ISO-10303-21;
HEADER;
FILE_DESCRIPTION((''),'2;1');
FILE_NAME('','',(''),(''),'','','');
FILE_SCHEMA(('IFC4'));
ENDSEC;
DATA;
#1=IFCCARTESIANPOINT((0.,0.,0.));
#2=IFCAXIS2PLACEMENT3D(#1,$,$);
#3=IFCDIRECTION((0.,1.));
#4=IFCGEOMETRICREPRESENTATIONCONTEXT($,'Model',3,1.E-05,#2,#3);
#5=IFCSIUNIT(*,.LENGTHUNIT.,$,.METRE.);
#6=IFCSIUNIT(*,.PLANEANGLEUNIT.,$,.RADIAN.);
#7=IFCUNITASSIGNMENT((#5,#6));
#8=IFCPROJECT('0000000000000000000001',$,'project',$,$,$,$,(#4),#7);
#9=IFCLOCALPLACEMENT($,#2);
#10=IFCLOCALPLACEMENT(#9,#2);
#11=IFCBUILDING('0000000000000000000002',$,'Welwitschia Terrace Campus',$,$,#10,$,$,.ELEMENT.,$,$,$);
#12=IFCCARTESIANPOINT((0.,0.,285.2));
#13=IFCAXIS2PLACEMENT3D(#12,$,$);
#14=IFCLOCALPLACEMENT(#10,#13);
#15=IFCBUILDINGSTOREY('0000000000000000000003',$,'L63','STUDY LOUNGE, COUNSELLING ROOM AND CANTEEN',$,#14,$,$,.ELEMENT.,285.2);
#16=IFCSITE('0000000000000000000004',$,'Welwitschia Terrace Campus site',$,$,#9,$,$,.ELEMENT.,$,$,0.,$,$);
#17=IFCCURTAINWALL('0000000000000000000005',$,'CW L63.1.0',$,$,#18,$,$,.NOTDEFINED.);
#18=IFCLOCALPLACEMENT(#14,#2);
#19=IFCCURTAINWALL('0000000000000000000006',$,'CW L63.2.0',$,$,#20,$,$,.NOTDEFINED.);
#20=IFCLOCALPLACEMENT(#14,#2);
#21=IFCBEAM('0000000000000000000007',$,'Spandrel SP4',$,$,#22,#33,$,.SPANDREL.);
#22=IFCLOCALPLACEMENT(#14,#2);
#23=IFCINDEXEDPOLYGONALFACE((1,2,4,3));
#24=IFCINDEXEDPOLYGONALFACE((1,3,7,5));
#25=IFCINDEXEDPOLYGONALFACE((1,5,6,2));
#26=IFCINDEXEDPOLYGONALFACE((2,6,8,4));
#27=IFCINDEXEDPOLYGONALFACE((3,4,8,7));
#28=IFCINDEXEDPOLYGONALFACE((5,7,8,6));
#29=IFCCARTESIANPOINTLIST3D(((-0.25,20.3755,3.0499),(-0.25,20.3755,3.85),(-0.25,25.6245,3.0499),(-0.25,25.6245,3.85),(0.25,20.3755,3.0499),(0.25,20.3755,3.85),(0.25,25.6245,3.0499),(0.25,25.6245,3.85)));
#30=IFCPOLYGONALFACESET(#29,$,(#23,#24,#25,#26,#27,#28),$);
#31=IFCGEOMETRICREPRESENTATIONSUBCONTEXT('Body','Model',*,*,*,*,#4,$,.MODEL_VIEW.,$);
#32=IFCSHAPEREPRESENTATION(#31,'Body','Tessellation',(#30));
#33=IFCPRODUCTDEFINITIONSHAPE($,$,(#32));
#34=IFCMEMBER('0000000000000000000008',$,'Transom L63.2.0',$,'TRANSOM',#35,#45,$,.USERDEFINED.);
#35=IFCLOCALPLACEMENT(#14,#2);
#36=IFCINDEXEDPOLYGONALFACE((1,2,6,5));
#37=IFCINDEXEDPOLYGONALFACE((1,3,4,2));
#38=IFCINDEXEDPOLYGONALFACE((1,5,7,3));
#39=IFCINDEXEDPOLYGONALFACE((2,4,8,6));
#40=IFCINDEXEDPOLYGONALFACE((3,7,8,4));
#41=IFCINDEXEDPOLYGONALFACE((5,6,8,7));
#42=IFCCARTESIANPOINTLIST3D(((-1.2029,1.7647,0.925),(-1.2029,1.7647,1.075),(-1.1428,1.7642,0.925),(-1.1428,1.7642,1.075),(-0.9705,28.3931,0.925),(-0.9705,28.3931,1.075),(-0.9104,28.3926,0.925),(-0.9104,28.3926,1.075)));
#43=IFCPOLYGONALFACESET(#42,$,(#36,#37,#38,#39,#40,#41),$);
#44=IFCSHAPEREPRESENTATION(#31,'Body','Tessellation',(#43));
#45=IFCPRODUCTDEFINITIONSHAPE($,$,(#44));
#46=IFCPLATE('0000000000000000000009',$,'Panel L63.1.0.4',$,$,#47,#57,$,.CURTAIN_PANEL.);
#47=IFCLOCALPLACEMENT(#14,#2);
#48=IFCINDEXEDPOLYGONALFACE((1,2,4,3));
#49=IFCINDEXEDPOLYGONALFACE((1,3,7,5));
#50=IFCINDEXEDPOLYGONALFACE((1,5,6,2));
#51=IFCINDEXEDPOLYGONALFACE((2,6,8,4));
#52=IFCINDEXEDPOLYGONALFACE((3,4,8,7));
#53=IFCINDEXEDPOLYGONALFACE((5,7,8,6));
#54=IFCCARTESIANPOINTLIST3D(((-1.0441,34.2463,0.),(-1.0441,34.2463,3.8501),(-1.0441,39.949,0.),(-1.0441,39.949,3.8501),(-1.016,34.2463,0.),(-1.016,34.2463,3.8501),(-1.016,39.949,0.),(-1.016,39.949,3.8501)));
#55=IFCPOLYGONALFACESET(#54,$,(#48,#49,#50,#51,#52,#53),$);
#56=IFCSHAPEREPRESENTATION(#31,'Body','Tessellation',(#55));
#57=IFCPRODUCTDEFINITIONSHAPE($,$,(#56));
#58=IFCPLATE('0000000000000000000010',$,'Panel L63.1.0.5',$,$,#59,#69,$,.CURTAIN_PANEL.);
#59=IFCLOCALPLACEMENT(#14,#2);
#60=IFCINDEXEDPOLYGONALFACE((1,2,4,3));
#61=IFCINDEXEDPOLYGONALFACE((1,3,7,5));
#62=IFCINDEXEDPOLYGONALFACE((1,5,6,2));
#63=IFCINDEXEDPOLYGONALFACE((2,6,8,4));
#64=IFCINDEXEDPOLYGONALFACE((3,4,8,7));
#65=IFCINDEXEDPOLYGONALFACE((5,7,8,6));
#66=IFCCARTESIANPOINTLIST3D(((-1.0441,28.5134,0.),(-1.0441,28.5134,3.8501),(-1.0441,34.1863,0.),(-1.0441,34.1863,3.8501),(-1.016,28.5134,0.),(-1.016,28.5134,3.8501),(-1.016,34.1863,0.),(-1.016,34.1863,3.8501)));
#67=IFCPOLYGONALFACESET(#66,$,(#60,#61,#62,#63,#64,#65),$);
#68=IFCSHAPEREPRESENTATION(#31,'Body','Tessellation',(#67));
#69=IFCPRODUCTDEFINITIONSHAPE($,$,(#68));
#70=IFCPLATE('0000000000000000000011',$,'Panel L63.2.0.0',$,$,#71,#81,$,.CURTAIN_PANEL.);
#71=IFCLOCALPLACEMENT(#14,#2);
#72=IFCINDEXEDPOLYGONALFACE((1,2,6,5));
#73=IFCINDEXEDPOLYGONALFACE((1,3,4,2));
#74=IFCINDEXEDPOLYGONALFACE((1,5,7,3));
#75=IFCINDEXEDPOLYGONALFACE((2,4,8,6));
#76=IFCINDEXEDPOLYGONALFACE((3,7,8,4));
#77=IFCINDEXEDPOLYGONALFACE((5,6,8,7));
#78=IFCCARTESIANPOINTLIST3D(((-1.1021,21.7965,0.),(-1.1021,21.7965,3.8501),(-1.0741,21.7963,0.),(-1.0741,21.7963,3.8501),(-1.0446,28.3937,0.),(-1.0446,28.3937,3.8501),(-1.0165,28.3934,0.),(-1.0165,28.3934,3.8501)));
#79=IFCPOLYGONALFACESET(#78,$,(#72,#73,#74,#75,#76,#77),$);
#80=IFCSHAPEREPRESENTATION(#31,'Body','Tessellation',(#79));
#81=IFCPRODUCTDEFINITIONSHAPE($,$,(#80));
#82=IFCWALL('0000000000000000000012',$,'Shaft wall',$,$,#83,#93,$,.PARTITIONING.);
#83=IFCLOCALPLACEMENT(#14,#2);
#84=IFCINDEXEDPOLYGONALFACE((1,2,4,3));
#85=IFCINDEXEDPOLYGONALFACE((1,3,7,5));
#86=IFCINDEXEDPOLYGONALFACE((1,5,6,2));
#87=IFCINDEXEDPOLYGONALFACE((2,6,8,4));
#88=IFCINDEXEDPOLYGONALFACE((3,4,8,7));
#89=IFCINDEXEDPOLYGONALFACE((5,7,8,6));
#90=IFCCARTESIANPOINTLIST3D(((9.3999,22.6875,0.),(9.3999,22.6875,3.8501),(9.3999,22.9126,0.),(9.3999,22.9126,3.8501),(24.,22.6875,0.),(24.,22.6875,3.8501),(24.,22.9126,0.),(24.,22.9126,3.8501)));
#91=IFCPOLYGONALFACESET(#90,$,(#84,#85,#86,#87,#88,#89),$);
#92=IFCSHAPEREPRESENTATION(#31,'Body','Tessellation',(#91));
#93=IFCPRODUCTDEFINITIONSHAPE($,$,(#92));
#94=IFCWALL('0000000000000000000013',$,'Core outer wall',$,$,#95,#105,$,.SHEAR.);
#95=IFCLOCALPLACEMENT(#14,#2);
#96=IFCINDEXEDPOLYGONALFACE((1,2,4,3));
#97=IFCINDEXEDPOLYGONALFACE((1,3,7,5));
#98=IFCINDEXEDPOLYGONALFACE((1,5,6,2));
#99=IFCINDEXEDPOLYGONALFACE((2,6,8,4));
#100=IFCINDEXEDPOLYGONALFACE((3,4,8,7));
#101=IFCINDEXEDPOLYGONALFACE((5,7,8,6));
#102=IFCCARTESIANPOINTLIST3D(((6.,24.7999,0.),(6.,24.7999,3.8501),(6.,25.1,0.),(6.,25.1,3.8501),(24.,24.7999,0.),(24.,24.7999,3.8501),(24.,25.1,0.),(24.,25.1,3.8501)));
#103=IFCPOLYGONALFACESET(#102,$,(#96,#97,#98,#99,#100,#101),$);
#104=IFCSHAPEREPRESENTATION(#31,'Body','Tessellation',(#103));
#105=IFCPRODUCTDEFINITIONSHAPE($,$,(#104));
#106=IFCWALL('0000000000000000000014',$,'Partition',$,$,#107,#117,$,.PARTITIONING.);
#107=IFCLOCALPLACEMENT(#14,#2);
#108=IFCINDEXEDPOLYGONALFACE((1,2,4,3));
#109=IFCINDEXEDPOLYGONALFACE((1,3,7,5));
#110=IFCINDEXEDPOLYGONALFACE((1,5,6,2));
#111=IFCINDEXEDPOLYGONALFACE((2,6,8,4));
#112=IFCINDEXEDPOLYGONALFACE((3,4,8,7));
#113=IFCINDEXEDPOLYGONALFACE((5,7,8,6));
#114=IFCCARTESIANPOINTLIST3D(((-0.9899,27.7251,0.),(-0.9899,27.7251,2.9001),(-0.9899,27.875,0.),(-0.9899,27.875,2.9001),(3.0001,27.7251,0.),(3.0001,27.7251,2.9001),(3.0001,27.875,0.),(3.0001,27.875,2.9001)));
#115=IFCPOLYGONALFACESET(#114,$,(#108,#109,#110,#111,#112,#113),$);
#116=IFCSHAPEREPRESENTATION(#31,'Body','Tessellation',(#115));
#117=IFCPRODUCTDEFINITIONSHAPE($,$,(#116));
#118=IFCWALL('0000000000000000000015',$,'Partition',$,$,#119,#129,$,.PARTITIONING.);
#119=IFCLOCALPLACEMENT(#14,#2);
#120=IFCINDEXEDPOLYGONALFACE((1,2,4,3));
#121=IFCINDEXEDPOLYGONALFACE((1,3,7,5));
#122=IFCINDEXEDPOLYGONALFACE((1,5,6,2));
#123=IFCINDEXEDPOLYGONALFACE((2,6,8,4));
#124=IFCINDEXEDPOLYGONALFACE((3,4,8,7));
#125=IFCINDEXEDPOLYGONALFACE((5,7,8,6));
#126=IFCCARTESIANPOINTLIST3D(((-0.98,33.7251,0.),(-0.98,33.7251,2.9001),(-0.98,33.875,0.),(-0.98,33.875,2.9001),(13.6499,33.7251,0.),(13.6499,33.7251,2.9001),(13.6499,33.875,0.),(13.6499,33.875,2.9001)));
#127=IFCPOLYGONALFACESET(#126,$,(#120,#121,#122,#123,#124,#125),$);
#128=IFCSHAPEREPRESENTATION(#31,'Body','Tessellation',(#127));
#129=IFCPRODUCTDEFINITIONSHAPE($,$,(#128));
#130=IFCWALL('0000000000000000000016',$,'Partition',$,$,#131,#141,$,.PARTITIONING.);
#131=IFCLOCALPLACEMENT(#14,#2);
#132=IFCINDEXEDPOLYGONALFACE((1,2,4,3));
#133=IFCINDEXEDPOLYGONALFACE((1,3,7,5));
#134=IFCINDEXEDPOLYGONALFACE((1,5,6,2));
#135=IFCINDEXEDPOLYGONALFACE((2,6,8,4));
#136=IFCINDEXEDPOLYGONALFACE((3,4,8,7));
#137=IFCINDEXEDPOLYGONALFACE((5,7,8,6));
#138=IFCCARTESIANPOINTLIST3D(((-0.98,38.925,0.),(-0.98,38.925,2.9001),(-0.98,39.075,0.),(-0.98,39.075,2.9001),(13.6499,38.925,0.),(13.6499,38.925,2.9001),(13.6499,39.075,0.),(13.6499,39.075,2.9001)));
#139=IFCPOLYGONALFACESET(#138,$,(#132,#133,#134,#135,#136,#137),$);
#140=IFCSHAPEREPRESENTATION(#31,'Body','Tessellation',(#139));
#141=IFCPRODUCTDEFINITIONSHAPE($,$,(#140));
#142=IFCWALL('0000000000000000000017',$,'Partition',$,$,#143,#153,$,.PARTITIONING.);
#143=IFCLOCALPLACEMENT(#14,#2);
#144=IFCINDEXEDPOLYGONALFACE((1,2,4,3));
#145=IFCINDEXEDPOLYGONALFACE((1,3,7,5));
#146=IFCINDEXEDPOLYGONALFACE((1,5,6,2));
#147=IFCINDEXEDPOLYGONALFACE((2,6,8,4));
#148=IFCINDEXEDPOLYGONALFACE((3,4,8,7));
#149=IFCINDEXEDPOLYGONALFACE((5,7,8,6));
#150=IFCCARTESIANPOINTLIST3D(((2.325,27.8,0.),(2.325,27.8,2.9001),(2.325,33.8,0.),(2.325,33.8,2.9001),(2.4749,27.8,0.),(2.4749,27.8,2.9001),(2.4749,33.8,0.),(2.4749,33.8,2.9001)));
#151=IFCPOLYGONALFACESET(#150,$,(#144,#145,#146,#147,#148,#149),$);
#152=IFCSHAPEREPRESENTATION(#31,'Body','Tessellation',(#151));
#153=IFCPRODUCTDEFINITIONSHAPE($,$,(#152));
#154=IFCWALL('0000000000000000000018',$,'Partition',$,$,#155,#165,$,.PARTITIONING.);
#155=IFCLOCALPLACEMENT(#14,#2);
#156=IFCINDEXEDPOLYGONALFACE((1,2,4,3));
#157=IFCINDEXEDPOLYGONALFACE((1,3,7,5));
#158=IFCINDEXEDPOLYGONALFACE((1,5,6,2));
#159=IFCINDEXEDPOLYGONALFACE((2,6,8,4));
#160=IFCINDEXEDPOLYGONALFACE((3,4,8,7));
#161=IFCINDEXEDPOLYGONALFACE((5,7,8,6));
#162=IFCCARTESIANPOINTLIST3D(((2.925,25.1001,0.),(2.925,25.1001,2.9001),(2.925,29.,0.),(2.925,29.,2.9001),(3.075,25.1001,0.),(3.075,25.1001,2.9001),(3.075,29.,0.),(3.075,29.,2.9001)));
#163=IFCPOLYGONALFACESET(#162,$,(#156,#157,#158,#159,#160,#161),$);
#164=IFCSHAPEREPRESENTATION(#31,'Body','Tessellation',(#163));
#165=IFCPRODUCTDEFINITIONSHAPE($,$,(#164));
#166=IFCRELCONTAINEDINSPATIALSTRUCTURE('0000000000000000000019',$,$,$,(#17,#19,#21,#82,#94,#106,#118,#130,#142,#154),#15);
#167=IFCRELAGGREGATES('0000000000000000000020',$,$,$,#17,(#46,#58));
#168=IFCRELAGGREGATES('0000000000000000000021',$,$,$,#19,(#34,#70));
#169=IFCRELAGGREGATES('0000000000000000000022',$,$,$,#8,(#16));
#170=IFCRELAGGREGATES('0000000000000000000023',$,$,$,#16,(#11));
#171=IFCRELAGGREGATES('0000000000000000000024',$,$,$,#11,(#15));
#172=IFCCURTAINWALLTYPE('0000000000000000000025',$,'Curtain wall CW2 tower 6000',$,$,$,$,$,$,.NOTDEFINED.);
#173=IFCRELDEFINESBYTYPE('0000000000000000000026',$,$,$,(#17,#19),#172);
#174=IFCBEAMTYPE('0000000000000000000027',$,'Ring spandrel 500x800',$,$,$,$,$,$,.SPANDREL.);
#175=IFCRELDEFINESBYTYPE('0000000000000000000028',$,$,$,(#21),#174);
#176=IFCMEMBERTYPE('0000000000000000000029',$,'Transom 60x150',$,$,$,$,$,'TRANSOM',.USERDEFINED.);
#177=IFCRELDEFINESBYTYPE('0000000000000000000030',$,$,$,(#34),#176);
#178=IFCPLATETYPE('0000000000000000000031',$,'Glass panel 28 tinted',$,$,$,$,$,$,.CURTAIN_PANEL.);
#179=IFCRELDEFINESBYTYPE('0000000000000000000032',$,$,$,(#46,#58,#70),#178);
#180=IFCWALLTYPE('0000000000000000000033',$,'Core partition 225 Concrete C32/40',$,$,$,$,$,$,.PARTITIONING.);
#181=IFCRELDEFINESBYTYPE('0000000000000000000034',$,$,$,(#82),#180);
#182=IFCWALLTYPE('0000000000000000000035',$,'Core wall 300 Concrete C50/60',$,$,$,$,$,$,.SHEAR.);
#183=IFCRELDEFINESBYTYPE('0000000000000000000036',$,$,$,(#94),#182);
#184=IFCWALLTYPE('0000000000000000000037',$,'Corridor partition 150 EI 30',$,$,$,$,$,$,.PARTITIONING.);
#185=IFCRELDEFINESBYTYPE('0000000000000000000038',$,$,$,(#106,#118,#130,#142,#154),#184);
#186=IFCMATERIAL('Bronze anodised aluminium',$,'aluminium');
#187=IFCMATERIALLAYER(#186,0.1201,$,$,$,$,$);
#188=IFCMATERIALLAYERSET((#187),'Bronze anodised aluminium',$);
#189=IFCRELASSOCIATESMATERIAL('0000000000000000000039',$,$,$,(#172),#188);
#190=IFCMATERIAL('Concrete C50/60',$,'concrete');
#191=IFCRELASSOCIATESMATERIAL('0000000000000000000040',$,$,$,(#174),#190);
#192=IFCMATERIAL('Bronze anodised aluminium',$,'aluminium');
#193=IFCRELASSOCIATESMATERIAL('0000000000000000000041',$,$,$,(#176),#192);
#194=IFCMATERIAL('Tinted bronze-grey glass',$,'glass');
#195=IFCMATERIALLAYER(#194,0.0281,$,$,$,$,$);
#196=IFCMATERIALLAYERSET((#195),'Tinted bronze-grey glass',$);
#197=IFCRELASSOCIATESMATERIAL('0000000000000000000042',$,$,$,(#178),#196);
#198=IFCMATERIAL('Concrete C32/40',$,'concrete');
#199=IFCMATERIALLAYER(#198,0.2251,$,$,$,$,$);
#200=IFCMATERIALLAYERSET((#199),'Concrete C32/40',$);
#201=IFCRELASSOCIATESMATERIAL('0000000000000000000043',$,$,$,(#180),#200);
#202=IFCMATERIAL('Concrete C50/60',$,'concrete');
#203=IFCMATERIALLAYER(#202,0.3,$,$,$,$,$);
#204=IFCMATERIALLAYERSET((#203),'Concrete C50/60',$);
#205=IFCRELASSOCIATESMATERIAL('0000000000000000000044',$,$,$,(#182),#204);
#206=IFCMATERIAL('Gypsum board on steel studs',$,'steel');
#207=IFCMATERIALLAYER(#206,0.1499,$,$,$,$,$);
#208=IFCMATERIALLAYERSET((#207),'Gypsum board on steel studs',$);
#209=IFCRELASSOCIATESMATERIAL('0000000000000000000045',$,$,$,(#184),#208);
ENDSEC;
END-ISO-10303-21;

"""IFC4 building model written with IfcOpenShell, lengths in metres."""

from ifc_helpers import new_model, si_unit, direction, frame, frame_2d, origin, origin_2d, place, context, subcontext, project, spatial, rectangle, extrude, material, layer, layer_set, material_profile, profile_set, type_object, element, aggregate, save


model = new_model("IFC4")

# Units and contexts
model_context = context("Model", 3, precision=1e-05, world=origin(), true_north=direction((0.0, 1.0)))
body_context = subcontext(model_context, "Body", "Model", "MODEL_VIEW")
ifc_project = project(units=[si_unit("LENGTHUNIT", "METRE"), si_unit("PLANEANGLEUNIT", "RADIAN")], contexts=[model_context])

# Site, building, storey
site_placement = place(None, origin())
site = spatial("IfcSite", under=ifc_project, at=site_placement, Name="Welwitschia Terrace Campus site", CompositionType="ELEMENT", RefElevation=0.0)
building_placement = place(site_placement, origin())
building = spatial("IfcBuilding", under=site, at=building_placement, Name="Welwitschia Terrace Campus", CompositionType="ELEMENT")
storey_placement = place(building_placement, frame((0.0, 0.0, 285.2)))
storey = spatial("IfcBuildingStorey", under=building, at=storey_placement, Name="L63", Description="STUDY LOUNGE, COUNSELLING ROOM AND CANTEEN", CompositionType="ELEMENT", Elevation=285.2)

# Curtain walls
ifc_material_1 = material(Name="Bronze anodised aluminium", Category="aluminium")
ifc_layer_1 = layer(ifc_material_1, 0.1201)
ifc_layer_set_1 = layer_set([ifc_layer_1], Name="Bronze anodised aluminium")
curtain_wall_type = type_object("IfcCurtainWallType", Name="Curtain wall CW2 tower 6000", PredefinedType="NOTDEFINED", material=ifc_layer_set_1)
curtain_wall_1_placement = place(storey_placement, origin())
curtain_wall_1 = element("IfcCurtainWall", 1, at=curtain_wall_1_placement, inside=storey, type_object=curtain_wall_type, Name="CW L63.1.0", PredefinedType="NOTDEFINED")
curtain_wall_2_placement = place(storey_placement, origin())
curtain_wall_2 = element("IfcCurtainWall", 2, at=curtain_wall_2_placement, inside=storey, type_object=curtain_wall_type, Name="CW L63.2.0", PredefinedType="NOTDEFINED")

# Beam
ifc_material_2 = material(Name="Concrete C50/60", Category="concrete")
ifc_material_profile_1 = material_profile(ifc_material_2, rectangle(XDim=0.5, YDim=0.8, at=origin_2d()))
ifc_profile_set_1 = profile_set([ifc_material_profile_1], Name="Concrete C50/60")
beam_type_1 = type_object("IfcBeamType", Name="Ring spandrel 500x800", PredefinedType="SPANDREL", material=ifc_profile_set_1)
for number, where, z_axis, x_axis, name in (
    (3, (0.0, 25.6245, 3.45), (0.0, -1.0, 0.0), (1.0, 0.0, 0.0), "Spandrel SP4"),
):
    element("IfcBeam", number, at=place(storey_placement, frame(where, z_axis=z_axis, x_axis=x_axis)), inside=storey, type_object=beam_type_1, Name=name, PredefinedType="SPANDREL", context=body_context, shape_type="SweptSolid", body=[
        extrude(rectangle(XDim=0.5, YDim=0.8, at=origin_2d()), origin(), (0.0, 0.0, 1.0), 5.249),
    ])

# Member
ifc_material_3 = material(Name="Bronze anodised aluminium", Category="aluminium")
ifc_material_profile_2 = material_profile(ifc_material_3, rectangle(XDim=0.0601, YDim=0.1499, at=origin_2d()))
ifc_profile_set_2 = profile_set([ifc_material_profile_2], Name="Bronze anodised aluminium")
member_type_1 = type_object("IfcMemberType", Name="Transom 60x150", ElementType="TRANSOM", PredefinedType="USERDEFINED", material=ifc_profile_set_2)
member_1_placement = place(storey_placement, frame((-0.9404, 28.3928, 1.0), z_axis=(-0.008728, -0.999962, 0.0), x_axis=(0.999962, -0.008728, 0.0)))
member_1 = element("IfcMember", 4, at=member_1_placement, type_object=member_type_1, Name="Transom L63.2.0", ObjectType="TRANSOM", PredefinedType="USERDEFINED", context=body_context, shape_type="SweptSolid", body=[
    extrude(rectangle(XDim=0.0601, YDim=0.1499, at=origin_2d()), origin(), (0.0, 0.0, 1.0), 26.6294),
])

# Plates
ifc_material_4 = material(Name="Tinted bronze-grey glass", Category="glass")
ifc_layer_2 = layer(ifc_material_4, 0.0281)
ifc_layer_set_2 = layer_set([ifc_layer_2], Name="Tinted bronze-grey glass")
plate_type = type_object("IfcPlateType", Name="Glass panel 28 tinted", PredefinedType="CURTAIN_PANEL", material=ifc_layer_set_2)
plate_1_placement = place(storey_placement, frame((-1.03, 37.0977, 0.0), z_axis=(0.0, 0.0, 1.0), x_axis=(0.0, -1.0, 0.0)))
plate_1 = element("IfcPlate", 5, at=plate_1_placement, type_object=plate_type, Name="Panel L63.1.0.4", PredefinedType="CURTAIN_PANEL", context=body_context, shape_type="SweptSolid", body=[
    extrude(rectangle(XDim=5.7026, YDim=0.0281, at=origin_2d()), origin(), (0.0, 0.0, 1.0), 3.8501),
])
plate_2_placement = place(storey_placement, frame((-1.03, 31.3499, 0.0), z_axis=(0.0, 0.0, 1.0), x_axis=(0.0, -1.0, 0.0)))
plate_2 = element("IfcPlate", 6, at=plate_2_placement, type_object=plate_type, Name="Panel L63.1.0.5", PredefinedType="CURTAIN_PANEL", context=body_context, shape_type="SweptSolid", body=[
    extrude(rectangle(XDim=5.6729, YDim=0.0281, at=origin_2d()), origin(), (0.0, 0.0, 1.0), 3.8501),
])
aggregate(curtain_wall_1, [plate_1, plate_2])
plate_3_placement = place(storey_placement, frame((-1.0593, 25.095, 0.0), z_axis=(0.0, 0.0, 1.0), x_axis=(-0.008727, -0.999962, 0.0)))
plate_3 = element("IfcPlate", 7, at=plate_3_placement, type_object=plate_type, Name="Panel L63.2.0.0", PredefinedType="CURTAIN_PANEL", context=body_context, shape_type="SweptSolid", body=[
    extrude(rectangle(XDim=6.5974, YDim=0.0281, at=origin_2d()), origin(), (0.0, 0.0, 1.0), 3.8501),
])
aggregate(curtain_wall_2, [member_1, plate_3])

# Walls
ifc_material_5 = material(Name="Concrete C32/40", Category="concrete")
ifc_layer_3 = layer(ifc_material_5, 0.2251)
ifc_layer_set_3 = layer_set([ifc_layer_3], Name="Concrete C32/40")
wall_type_1 = type_object("IfcWallType", Name="Core partition 225 Concrete C32/40", PredefinedType="PARTITIONING", material=ifc_layer_set_3)
wall_1_placement = place(storey_placement, frame((9.3999, 22.8, 0.0), z_axis=(0.0, 0.0, 1.0), x_axis=(1.0, 0.0, 0.0)))
element("IfcWall", 8, at=wall_1_placement, inside=storey, type_object=wall_type_1, Name="Shaft wall", PredefinedType="PARTITIONING", context=body_context, shape_type="SweptSolid", body=[
    extrude(rectangle(XDim=14.6001, YDim=0.2251, at=frame_2d((7.3, 0.0))), origin(), (0.0, 0.0, 1.0), 3.8501),
])
ifc_material_6 = material(Name="Concrete C50/60", Category="concrete")
ifc_layer_4 = layer(ifc_material_6, 0.3)
ifc_layer_set_4 = layer_set([ifc_layer_4], Name="Concrete C50/60")
wall_type_2 = type_object("IfcWallType", Name="Core wall 300 Concrete C50/60", PredefinedType="SHEAR", material=ifc_layer_set_4)
wall_2_placement = place(storey_placement, frame((6.0, 24.95, 0.0), z_axis=(0.0, 0.0, 1.0), x_axis=(1.0, 0.0, 0.0)))
element("IfcWall", 9, at=wall_2_placement, inside=storey, type_object=wall_type_2, Name="Core outer wall", PredefinedType="SHEAR", context=body_context, shape_type="SweptSolid", body=[
    extrude(rectangle(XDim=18.0, YDim=0.3, at=frame_2d((9.0, 0.0))), origin(), (0.0, 0.0, 1.0), 3.8501),
])
ifc_material_7 = material(Name="Gypsum board on steel studs", Category="steel")
ifc_layer_5 = layer(ifc_material_7, 0.1499)
ifc_layer_set_5 = layer_set([ifc_layer_5], Name="Gypsum board on steel studs")
wall_type_3 = type_object("IfcWallType", Name="Corridor partition 150 EI 30", PredefinedType="PARTITIONING", material=ifc_layer_set_5)
wall_3_placement = place(storey_placement, frame((-0.99, 27.8, 0.0), z_axis=(0.0, 0.0, 1.0), x_axis=(1.0, 0.0, 0.0)))
element("IfcWall", 10, at=wall_3_placement, inside=storey, type_object=wall_type_3, Name="Partition", PredefinedType="PARTITIONING", context=body_context, shape_type="SweptSolid", body=[
    extrude(rectangle(XDim=3.99, YDim=0.1499, at=frame_2d((1.9951, 0.0))), origin(), (0.0, 0.0, 1.0), 2.9001),
])
for number, where, z_axis, x_axis, name in (
    (11, (-0.98, 33.8, 0.0), (0.0, 0.0, 1.0), (1.0, 0.0, 0.0), "Partition"),
    (12, (-0.98, 39.0, 0.0), (0.0, 0.0, 1.0), (1.0, 0.0, 0.0), "Partition"),
):
    element("IfcWall", number, at=place(storey_placement, frame(where, z_axis=z_axis, x_axis=x_axis)), inside=storey, type_object=wall_type_3, Name=name, PredefinedType="PARTITIONING", context=body_context, shape_type="SweptSolid", body=[
        extrude(rectangle(XDim=14.6299, YDim=0.1499, at=frame_2d((7.3149, 0.0))), origin(), (0.0, 0.0, 1.0), 2.9001),
    ])
wall_4_placement = place(storey_placement, frame((2.3999, 27.8, 0.0), z_axis=(0.0, 0.0, 1.0), x_axis=(0.0, 1.0, 0.0)))
element("IfcWall", 13, at=wall_4_placement, inside=storey, type_object=wall_type_3, Name="Partition", PredefinedType="PARTITIONING", context=body_context, shape_type="SweptSolid", body=[
    extrude(rectangle(XDim=6.0, YDim=0.1499, at=frame_2d((3.0, 0.0))), origin(), (0.0, 0.0, 1.0), 2.9001),
])
wall_5_placement = place(storey_placement, frame((3.0, 25.1001, 0.0), z_axis=(0.0, 0.0, 1.0), x_axis=(0.0, 1.0, 0.0)))
element("IfcWall", 14, at=wall_5_placement, inside=storey, type_object=wall_type_3, Name="Partition", PredefinedType="PARTITIONING", context=body_context, shape_type="SweptSolid", body=[
    extrude(rectangle(XDim=3.8999, YDim=0.1499, at=frame_2d((1.95, 0.0))), origin(), (0.0, 0.0, 1.0), 2.9001),
])

save(model, "model.ifc")
